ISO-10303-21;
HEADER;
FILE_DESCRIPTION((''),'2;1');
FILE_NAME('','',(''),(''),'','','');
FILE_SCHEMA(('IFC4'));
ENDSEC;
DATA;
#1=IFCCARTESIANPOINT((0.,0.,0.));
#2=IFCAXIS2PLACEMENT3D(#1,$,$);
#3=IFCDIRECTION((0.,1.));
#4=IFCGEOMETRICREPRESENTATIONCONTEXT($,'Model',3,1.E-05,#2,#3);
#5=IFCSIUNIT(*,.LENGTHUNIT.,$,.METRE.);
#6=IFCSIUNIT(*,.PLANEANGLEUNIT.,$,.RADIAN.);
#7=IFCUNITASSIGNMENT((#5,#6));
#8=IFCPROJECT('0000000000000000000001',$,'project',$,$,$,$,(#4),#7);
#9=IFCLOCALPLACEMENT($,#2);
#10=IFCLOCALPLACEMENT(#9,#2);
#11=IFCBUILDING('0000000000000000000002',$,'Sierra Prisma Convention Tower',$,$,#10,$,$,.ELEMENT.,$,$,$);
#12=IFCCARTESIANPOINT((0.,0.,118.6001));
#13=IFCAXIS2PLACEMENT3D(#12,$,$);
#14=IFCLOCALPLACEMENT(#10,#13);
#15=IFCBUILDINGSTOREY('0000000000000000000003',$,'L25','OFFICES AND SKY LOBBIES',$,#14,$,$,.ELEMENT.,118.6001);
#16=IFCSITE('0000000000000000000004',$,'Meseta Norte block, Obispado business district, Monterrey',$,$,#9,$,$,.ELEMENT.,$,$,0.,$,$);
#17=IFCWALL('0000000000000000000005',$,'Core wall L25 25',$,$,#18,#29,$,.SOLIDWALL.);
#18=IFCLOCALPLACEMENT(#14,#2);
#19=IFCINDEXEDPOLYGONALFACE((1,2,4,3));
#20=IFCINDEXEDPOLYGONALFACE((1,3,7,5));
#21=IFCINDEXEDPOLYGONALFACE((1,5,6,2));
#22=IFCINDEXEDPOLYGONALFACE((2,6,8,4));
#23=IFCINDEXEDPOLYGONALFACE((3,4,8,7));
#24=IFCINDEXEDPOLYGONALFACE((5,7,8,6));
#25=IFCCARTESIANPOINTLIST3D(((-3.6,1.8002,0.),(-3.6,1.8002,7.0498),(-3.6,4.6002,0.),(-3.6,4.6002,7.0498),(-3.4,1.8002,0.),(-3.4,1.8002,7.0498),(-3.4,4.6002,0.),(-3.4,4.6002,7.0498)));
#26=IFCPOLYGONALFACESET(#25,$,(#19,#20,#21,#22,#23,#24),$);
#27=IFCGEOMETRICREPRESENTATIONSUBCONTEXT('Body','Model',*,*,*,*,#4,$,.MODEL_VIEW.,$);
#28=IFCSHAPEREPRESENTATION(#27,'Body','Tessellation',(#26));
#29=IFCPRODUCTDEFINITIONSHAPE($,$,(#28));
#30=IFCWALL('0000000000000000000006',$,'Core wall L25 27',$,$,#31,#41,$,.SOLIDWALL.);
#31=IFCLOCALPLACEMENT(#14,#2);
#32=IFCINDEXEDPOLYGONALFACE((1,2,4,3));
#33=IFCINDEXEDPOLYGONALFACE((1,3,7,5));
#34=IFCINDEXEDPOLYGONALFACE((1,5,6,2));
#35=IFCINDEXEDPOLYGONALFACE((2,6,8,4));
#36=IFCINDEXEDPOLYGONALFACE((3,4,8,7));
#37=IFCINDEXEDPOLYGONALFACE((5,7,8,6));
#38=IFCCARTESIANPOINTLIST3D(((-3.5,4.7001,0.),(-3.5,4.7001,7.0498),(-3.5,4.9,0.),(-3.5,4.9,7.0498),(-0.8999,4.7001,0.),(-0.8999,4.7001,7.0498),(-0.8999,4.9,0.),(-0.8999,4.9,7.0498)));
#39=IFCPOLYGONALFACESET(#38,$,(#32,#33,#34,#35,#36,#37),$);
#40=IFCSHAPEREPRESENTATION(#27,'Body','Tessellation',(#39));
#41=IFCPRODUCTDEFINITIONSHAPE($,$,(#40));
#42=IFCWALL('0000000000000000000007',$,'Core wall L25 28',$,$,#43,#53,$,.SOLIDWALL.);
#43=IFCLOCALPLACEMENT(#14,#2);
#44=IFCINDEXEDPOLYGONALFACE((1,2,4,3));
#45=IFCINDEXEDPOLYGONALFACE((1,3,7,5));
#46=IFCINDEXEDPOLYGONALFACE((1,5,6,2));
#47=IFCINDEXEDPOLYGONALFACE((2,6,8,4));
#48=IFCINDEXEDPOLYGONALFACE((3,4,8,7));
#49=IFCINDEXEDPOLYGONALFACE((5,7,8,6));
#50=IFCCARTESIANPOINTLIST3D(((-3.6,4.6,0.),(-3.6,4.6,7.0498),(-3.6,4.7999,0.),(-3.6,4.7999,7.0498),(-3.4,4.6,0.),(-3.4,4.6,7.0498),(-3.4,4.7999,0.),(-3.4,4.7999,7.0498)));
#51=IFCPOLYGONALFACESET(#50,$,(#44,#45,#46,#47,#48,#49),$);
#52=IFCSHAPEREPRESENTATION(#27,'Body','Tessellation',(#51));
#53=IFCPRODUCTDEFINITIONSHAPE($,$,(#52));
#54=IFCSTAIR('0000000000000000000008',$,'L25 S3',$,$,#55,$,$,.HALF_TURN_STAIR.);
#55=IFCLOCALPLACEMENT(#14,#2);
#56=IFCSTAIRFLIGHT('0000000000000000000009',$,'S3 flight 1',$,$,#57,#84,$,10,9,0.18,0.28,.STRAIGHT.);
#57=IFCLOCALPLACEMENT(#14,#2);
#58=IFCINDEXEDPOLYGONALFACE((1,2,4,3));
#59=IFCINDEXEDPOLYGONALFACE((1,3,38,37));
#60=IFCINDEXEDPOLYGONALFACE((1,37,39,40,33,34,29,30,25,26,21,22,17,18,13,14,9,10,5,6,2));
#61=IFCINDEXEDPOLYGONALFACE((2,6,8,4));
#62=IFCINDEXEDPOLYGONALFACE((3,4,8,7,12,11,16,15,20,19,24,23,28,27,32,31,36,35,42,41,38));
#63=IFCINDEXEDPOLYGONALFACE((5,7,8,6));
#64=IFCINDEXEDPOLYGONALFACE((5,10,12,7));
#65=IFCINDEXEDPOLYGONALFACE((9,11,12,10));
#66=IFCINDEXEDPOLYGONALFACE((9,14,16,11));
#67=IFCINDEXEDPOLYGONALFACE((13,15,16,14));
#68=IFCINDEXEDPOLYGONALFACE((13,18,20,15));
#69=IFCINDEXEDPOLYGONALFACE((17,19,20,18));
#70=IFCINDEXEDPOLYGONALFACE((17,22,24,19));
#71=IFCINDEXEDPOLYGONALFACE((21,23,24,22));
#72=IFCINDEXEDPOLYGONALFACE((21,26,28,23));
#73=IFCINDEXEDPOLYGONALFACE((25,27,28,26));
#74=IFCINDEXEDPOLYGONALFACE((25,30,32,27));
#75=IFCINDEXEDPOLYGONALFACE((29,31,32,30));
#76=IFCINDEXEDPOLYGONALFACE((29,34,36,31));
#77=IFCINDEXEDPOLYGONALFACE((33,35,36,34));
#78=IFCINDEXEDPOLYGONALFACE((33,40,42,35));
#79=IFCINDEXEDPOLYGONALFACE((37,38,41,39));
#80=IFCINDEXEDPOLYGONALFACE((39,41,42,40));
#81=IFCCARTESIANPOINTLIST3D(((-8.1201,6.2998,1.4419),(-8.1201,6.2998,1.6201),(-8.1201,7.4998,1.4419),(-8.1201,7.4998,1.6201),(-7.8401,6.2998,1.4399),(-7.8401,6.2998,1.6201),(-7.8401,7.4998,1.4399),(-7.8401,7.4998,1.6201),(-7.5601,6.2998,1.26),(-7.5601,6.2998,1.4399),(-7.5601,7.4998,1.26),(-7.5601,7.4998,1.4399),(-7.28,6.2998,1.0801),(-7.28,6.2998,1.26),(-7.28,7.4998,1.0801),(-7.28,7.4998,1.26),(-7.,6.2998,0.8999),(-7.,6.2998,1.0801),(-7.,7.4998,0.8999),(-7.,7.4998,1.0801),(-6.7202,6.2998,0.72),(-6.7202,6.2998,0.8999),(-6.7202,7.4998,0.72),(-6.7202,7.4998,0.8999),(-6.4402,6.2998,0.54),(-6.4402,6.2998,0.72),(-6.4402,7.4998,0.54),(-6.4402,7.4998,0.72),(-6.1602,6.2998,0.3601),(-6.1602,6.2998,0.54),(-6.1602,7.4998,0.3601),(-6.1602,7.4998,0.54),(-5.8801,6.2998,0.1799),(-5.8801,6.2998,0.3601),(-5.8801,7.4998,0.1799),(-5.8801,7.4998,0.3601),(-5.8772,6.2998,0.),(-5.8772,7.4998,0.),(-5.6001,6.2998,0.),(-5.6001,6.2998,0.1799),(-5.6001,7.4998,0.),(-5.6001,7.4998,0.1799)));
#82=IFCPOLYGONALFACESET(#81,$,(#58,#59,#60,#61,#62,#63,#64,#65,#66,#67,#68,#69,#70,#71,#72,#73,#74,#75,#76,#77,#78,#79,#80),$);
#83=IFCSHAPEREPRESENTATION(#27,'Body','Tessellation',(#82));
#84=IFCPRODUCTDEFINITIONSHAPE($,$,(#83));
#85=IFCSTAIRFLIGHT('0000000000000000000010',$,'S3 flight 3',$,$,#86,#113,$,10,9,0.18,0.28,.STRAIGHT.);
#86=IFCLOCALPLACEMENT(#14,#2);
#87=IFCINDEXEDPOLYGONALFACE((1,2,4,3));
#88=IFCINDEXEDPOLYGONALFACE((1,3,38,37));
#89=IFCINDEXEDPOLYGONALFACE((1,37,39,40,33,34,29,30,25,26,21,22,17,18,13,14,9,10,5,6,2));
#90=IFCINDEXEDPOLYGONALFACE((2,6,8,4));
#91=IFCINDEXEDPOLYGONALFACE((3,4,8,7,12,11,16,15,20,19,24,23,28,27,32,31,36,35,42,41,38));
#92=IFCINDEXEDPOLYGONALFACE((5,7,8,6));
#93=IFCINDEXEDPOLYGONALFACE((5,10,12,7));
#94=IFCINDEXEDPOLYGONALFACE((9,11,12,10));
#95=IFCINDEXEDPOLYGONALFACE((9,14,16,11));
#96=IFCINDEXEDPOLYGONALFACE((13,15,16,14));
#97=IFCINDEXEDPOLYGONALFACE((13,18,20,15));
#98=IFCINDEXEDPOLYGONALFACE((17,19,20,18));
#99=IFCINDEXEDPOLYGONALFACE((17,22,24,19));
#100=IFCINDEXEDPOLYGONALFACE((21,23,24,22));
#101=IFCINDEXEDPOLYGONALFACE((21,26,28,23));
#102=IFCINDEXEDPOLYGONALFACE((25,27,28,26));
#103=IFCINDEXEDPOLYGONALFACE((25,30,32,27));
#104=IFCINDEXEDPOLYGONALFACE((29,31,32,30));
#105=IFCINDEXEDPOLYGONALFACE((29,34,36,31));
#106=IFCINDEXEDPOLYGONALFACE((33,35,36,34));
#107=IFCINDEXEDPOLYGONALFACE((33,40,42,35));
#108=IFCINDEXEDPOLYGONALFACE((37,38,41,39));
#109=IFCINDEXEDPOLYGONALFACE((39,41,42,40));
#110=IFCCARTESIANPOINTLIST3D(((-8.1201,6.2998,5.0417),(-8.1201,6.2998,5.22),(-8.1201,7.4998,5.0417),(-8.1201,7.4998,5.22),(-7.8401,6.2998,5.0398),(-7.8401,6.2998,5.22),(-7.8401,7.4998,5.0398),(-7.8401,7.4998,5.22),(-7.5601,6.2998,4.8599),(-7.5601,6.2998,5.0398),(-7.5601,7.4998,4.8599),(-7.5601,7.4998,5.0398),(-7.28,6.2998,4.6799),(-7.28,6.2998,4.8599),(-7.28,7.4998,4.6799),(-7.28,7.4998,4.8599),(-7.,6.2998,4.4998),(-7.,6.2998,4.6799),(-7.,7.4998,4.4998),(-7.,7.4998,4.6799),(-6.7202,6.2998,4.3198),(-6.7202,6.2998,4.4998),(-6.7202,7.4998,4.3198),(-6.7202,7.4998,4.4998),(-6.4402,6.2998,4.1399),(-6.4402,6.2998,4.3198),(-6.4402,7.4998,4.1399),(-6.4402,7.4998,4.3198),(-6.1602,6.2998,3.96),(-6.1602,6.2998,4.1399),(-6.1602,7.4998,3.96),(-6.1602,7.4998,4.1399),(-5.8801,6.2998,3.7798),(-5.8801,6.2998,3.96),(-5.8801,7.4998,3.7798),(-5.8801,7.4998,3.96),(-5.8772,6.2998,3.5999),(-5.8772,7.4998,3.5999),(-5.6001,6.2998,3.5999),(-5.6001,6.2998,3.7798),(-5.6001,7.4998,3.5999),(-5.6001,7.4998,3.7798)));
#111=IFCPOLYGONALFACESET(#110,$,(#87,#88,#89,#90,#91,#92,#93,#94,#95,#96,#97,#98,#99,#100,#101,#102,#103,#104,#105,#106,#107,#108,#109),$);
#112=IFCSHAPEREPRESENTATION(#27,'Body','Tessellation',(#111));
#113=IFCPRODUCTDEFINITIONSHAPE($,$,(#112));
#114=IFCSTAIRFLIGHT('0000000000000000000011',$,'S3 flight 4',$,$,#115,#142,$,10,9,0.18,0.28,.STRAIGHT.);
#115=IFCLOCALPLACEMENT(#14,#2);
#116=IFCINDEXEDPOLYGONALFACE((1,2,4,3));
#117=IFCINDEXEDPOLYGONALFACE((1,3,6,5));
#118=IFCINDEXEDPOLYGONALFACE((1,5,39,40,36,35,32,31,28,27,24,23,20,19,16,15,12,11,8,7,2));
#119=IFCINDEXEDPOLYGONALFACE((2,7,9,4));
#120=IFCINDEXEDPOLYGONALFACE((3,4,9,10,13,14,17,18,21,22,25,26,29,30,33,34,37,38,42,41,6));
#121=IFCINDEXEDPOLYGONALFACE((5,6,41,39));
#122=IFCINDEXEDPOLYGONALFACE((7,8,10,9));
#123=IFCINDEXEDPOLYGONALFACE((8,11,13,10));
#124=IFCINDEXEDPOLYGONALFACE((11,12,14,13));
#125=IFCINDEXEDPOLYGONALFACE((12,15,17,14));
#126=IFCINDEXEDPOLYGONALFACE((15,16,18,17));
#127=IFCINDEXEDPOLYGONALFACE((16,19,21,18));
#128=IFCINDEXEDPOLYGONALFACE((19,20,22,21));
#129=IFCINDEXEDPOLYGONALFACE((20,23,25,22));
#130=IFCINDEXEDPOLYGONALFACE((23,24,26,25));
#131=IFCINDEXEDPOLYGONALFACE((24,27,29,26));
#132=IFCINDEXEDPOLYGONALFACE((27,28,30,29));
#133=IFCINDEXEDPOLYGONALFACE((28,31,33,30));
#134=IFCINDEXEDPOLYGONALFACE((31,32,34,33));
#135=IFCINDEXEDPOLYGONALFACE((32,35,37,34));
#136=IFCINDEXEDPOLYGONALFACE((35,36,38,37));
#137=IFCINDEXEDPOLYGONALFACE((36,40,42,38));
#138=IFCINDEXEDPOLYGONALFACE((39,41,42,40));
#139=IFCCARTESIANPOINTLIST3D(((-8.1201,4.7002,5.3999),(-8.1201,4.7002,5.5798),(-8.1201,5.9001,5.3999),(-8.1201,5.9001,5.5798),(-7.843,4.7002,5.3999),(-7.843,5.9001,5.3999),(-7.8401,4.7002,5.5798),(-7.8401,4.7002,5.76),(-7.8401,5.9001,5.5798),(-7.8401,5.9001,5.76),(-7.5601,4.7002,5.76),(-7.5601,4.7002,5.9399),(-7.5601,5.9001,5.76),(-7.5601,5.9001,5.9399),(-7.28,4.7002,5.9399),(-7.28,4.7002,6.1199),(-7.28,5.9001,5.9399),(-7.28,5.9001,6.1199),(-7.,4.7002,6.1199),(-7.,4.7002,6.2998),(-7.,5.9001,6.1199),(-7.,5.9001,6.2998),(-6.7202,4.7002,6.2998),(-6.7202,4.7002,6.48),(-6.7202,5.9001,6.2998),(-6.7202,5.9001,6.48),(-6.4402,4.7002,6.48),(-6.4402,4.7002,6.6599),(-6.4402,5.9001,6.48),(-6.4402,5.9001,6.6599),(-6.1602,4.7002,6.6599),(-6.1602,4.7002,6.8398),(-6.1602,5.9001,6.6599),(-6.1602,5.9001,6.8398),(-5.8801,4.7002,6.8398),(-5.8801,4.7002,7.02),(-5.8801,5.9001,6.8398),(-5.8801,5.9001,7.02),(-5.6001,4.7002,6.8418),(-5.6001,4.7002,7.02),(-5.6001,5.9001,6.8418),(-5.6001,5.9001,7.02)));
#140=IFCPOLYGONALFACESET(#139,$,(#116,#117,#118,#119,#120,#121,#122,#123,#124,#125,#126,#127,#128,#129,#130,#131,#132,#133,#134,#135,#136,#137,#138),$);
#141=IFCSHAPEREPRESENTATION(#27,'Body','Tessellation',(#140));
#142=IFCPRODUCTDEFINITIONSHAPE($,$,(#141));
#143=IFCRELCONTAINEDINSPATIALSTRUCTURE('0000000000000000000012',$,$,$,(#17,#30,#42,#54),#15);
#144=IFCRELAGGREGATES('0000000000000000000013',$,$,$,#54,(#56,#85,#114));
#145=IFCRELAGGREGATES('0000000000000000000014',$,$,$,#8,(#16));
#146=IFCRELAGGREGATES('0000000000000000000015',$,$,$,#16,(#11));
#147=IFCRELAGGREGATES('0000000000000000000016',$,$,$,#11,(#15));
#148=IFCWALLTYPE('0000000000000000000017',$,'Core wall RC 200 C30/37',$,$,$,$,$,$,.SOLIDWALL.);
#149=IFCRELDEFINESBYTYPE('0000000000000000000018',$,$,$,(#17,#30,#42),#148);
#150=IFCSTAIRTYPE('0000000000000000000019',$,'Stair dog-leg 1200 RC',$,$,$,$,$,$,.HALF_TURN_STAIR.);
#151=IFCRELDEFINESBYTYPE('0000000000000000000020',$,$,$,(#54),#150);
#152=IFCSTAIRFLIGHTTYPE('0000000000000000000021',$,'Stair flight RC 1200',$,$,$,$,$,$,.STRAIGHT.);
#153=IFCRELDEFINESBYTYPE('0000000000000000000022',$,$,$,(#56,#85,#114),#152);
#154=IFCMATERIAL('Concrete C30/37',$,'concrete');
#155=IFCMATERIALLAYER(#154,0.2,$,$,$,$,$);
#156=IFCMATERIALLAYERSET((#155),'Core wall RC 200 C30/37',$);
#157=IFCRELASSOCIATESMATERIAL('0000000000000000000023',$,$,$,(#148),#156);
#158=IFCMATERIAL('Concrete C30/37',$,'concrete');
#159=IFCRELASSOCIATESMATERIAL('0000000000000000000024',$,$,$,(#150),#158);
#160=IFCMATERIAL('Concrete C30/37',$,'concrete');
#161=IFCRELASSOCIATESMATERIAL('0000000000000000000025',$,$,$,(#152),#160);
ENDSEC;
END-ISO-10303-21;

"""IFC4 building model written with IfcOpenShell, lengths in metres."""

from ifc_helpers import new_model, si_unit, direction, frame, frame_2d, origin, place, context, subcontext, project, spatial, polyline, rectangle, outline, extrude, material, layer, layer_set, type_object, element, aggregate, save


model = new_model("IFC4")

# Units and contexts
model_context = context("Model", 3, precision=1e-05, world=origin(), true_north=direction((0.0, 1.0)))
body_context = subcontext(model_context, "Body", "Model", "MODEL_VIEW")
ifc_project = project(units=[si_unit("LENGTHUNIT", "METRE"), si_unit("PLANEANGLEUNIT", "RADIAN")], contexts=[model_context])

# Site, building, storey
site_placement = place(None, origin())
site = spatial("IfcSite", under=ifc_project, at=site_placement, Name="Meseta Norte block, Obispado business district, Monterrey", CompositionType="ELEMENT", RefElevation=0.0)
building_placement = place(site_placement, origin())
building = spatial("IfcBuilding", under=site, at=building_placement, Name="Sierra Prisma Convention Tower", CompositionType="ELEMENT")
storey_placement = place(building_placement, frame((0.0, 0.0, 118.6001)))
storey = spatial("IfcBuildingStorey", under=building, at=storey_placement, Name="L25", Description="OFFICES AND SKY LOBBIES", CompositionType="ELEMENT", Elevation=118.6001)

# Walls
ifc_material_1 = material(Name="Concrete C30/37", Category="concrete")
ifc_layer = layer(ifc_material_1, 0.2)
ifc_layer_set = layer_set([ifc_layer], Name="Core wall RC 200 C30/37")
wall_type = type_object("IfcWallType", Name="Core wall RC 200 C30/37", PredefinedType="SOLIDWALL", material=ifc_layer_set)
wall_1_placement = place(storey_placement, frame((-3.5, 4.6001, 0.0), z_axis=(0.0, 0.0, 1.0), x_axis=(0.0, -1.0, 0.0)))
element("IfcWall", 1, at=wall_1_placement, inside=storey, type_object=wall_type, Name="Core wall L25 25", PredefinedType="SOLIDWALL", context=body_context, shape_type="SweptSolid", body=[
    extrude(rectangle(XDim=2.8, YDim=0.2, at=frame_2d((1.3999, 0.0))), origin(), (0.0, 0.0, 1.0), 7.0498),
])
wall_2_placement = place(storey_placement, frame((-0.8999, 4.8, 0.0), z_axis=(0.0, 0.0, 1.0), x_axis=(-1.0, 0.0, 0.0)))
element("IfcWall", 2, at=wall_2_placement, inside=storey, type_object=wall_type, Name="Core wall L25 27", PredefinedType="SOLIDWALL", context=body_context, shape_type="SweptSolid", body=[
    extrude(rectangle(XDim=2.6001, YDim=0.2, at=frame_2d((1.3, 0.0))), origin(), (0.0, 0.0, 1.0), 7.0498),
])
wall_3_placement = place(storey_placement, frame((-3.5, 4.8, 0.0), z_axis=(0.0, 0.0, 1.0), x_axis=(0.0, -1.0, 0.0)))
element("IfcWall", 3, at=wall_3_placement, inside=storey, type_object=wall_type, Name="Core wall L25 28", PredefinedType="SOLIDWALL", context=body_context, shape_type="SweptSolid", body=[
    extrude(rectangle(XDim=0.2, YDim=0.2, at=frame_2d((0.1001, 0.0))), origin(), (0.0, 0.0, 1.0), 7.0498),
])

# Stair, stair flights
ifc_material_2 = material(Name="Concrete C30/37", Category="concrete")
stair_type = type_object("IfcStairType", Name="Stair dog-leg 1200 RC", PredefinedType="HALF_TURN_STAIR", material=ifc_material_2)
stair_placement = place(storey_placement, origin())
stair = element("IfcStair", 4, at=stair_placement, inside=storey, type_object=stair_type, Name="L25 S3", PredefinedType="HALF_TURN_STAIR")
ifc_material_3 = material(Name="Concrete C30/37", Category="concrete")
stair_flight_type = type_object("IfcStairFlightType", Name="Stair flight RC 1200", PredefinedType="STRAIGHT", material=ifc_material_3)
stair_flight_1_placement = place(storey_placement, frame((-5.6001, 6.8999, 0.0), z_axis=(0.0, 0.0, 1.0), x_axis=(-1.0, 0.0, 0.0)))
stair_flight_1 = element("IfcStairFlight", 5, at=stair_flight_1_placement, type_object=stair_flight_type, Name="S3 flight 1", NumberOfRisers=10, NumberOfTreads=9, PredefinedType="STRAIGHT", RiserHeight=0.18, TreadLength=0.28, context=body_context, shape_type="SweptSolid", body=[
    extrude(outline(polyline([(0.0, 0.0), (0.0, 0.1799), (0.28, 0.1799), (0.28, 0.3601), (0.5601, 0.3601), (0.5601, 0.54), (0.8401, 0.54), (0.8401, 0.72), (1.1201, 0.72), (1.1201, 0.8999), (1.3999, 0.8999), (1.3999, 1.0801), (1.6799, 1.0801), (1.6799, 1.26), (1.96, 1.26), (1.96, 1.4399), (2.24, 1.4399), (2.24, 1.6201), (2.52, 1.6201), (2.52, 1.8), (2.52, 1.4419), (0.2771, 0.0), (0.0, 0.0)])), frame((0.0, 0.6001, 0.0), z_axis=(0.0, -1.0, 0.0), x_axis=(1.0, 0.0, 0.0)), (0.0, 0.0, 1.0), 1.2),
])
stair_flight_2_placement = place(storey_placement, frame((-5.6001, 6.8999, 3.5999), z_axis=(0.0, 0.0, 1.0), x_axis=(-1.0, 0.0, 0.0)))
stair_flight_2 = element("IfcStairFlight", 6, at=stair_flight_2_placement, type_object=stair_flight_type, Name="S3 flight 3", NumberOfRisers=10, NumberOfTreads=9, PredefinedType="STRAIGHT", RiserHeight=0.18, TreadLength=0.28, context=body_context, shape_type="SweptSolid", body=[
    extrude(outline(polyline([(0.0, 0.0), (0.0, 0.1799), (0.28, 0.1799), (0.28, 0.3601), (0.5601, 0.3601), (0.5601, 0.54), (0.8401, 0.54), (0.8401, 0.72), (1.1201, 0.72), (1.1201, 0.8999), (1.3999, 0.8999), (1.3999, 1.0801), (1.6799, 1.0801), (1.6799, 1.26), (1.96, 1.26), (1.96, 1.4399), (2.24, 1.4399), (2.24, 1.6201), (2.52, 1.6201), (2.52, 1.8), (2.52, 1.4419), (0.2771, 0.0), (0.0, 0.0)])), frame((0.0, 0.6001, 0.0), z_axis=(0.0, -1.0, 0.0), x_axis=(1.0, 0.0, 0.0)), (0.0, 0.0, 1.0), 1.2),
])
stair_flight_3_placement = place(storey_placement, frame((-8.1201, 5.3, 5.3999), z_axis=(0.0, 0.0, 1.0), x_axis=(1.0, 0.0, 0.0)))
stair_flight_3 = element("IfcStairFlight", 7, at=stair_flight_3_placement, type_object=stair_flight_type, Name="S3 flight 4", NumberOfRisers=10, NumberOfTreads=9, PredefinedType="STRAIGHT", RiserHeight=0.18, TreadLength=0.28, context=body_context, shape_type="SweptSolid", body=[
    extrude(outline(polyline([(0.0, 0.0), (0.0, 0.1799), (0.28, 0.1799), (0.28, 0.3601), (0.5601, 0.3601), (0.5601, 0.54), (0.8401, 0.54), (0.8401, 0.72), (1.1201, 0.72), (1.1201, 0.8999), (1.3999, 0.8999), (1.3999, 1.0801), (1.6799, 1.0801), (1.6799, 1.26), (1.96, 1.26), (1.96, 1.4399), (2.24, 1.4399), (2.24, 1.6201), (2.52, 1.6201), (2.52, 1.8), (2.52, 1.4419), (0.2771, 0.0), (0.0, 0.0)])), frame((0.0, 0.6001, 0.0), z_axis=(0.0, -1.0, 0.0), x_axis=(1.0, 0.0, 0.0)), (0.0, 0.0, 1.0), 1.2),
])
aggregate(stair, [stair_flight_1, stair_flight_2, stair_flight_3])

save(model, "model.ifc")
